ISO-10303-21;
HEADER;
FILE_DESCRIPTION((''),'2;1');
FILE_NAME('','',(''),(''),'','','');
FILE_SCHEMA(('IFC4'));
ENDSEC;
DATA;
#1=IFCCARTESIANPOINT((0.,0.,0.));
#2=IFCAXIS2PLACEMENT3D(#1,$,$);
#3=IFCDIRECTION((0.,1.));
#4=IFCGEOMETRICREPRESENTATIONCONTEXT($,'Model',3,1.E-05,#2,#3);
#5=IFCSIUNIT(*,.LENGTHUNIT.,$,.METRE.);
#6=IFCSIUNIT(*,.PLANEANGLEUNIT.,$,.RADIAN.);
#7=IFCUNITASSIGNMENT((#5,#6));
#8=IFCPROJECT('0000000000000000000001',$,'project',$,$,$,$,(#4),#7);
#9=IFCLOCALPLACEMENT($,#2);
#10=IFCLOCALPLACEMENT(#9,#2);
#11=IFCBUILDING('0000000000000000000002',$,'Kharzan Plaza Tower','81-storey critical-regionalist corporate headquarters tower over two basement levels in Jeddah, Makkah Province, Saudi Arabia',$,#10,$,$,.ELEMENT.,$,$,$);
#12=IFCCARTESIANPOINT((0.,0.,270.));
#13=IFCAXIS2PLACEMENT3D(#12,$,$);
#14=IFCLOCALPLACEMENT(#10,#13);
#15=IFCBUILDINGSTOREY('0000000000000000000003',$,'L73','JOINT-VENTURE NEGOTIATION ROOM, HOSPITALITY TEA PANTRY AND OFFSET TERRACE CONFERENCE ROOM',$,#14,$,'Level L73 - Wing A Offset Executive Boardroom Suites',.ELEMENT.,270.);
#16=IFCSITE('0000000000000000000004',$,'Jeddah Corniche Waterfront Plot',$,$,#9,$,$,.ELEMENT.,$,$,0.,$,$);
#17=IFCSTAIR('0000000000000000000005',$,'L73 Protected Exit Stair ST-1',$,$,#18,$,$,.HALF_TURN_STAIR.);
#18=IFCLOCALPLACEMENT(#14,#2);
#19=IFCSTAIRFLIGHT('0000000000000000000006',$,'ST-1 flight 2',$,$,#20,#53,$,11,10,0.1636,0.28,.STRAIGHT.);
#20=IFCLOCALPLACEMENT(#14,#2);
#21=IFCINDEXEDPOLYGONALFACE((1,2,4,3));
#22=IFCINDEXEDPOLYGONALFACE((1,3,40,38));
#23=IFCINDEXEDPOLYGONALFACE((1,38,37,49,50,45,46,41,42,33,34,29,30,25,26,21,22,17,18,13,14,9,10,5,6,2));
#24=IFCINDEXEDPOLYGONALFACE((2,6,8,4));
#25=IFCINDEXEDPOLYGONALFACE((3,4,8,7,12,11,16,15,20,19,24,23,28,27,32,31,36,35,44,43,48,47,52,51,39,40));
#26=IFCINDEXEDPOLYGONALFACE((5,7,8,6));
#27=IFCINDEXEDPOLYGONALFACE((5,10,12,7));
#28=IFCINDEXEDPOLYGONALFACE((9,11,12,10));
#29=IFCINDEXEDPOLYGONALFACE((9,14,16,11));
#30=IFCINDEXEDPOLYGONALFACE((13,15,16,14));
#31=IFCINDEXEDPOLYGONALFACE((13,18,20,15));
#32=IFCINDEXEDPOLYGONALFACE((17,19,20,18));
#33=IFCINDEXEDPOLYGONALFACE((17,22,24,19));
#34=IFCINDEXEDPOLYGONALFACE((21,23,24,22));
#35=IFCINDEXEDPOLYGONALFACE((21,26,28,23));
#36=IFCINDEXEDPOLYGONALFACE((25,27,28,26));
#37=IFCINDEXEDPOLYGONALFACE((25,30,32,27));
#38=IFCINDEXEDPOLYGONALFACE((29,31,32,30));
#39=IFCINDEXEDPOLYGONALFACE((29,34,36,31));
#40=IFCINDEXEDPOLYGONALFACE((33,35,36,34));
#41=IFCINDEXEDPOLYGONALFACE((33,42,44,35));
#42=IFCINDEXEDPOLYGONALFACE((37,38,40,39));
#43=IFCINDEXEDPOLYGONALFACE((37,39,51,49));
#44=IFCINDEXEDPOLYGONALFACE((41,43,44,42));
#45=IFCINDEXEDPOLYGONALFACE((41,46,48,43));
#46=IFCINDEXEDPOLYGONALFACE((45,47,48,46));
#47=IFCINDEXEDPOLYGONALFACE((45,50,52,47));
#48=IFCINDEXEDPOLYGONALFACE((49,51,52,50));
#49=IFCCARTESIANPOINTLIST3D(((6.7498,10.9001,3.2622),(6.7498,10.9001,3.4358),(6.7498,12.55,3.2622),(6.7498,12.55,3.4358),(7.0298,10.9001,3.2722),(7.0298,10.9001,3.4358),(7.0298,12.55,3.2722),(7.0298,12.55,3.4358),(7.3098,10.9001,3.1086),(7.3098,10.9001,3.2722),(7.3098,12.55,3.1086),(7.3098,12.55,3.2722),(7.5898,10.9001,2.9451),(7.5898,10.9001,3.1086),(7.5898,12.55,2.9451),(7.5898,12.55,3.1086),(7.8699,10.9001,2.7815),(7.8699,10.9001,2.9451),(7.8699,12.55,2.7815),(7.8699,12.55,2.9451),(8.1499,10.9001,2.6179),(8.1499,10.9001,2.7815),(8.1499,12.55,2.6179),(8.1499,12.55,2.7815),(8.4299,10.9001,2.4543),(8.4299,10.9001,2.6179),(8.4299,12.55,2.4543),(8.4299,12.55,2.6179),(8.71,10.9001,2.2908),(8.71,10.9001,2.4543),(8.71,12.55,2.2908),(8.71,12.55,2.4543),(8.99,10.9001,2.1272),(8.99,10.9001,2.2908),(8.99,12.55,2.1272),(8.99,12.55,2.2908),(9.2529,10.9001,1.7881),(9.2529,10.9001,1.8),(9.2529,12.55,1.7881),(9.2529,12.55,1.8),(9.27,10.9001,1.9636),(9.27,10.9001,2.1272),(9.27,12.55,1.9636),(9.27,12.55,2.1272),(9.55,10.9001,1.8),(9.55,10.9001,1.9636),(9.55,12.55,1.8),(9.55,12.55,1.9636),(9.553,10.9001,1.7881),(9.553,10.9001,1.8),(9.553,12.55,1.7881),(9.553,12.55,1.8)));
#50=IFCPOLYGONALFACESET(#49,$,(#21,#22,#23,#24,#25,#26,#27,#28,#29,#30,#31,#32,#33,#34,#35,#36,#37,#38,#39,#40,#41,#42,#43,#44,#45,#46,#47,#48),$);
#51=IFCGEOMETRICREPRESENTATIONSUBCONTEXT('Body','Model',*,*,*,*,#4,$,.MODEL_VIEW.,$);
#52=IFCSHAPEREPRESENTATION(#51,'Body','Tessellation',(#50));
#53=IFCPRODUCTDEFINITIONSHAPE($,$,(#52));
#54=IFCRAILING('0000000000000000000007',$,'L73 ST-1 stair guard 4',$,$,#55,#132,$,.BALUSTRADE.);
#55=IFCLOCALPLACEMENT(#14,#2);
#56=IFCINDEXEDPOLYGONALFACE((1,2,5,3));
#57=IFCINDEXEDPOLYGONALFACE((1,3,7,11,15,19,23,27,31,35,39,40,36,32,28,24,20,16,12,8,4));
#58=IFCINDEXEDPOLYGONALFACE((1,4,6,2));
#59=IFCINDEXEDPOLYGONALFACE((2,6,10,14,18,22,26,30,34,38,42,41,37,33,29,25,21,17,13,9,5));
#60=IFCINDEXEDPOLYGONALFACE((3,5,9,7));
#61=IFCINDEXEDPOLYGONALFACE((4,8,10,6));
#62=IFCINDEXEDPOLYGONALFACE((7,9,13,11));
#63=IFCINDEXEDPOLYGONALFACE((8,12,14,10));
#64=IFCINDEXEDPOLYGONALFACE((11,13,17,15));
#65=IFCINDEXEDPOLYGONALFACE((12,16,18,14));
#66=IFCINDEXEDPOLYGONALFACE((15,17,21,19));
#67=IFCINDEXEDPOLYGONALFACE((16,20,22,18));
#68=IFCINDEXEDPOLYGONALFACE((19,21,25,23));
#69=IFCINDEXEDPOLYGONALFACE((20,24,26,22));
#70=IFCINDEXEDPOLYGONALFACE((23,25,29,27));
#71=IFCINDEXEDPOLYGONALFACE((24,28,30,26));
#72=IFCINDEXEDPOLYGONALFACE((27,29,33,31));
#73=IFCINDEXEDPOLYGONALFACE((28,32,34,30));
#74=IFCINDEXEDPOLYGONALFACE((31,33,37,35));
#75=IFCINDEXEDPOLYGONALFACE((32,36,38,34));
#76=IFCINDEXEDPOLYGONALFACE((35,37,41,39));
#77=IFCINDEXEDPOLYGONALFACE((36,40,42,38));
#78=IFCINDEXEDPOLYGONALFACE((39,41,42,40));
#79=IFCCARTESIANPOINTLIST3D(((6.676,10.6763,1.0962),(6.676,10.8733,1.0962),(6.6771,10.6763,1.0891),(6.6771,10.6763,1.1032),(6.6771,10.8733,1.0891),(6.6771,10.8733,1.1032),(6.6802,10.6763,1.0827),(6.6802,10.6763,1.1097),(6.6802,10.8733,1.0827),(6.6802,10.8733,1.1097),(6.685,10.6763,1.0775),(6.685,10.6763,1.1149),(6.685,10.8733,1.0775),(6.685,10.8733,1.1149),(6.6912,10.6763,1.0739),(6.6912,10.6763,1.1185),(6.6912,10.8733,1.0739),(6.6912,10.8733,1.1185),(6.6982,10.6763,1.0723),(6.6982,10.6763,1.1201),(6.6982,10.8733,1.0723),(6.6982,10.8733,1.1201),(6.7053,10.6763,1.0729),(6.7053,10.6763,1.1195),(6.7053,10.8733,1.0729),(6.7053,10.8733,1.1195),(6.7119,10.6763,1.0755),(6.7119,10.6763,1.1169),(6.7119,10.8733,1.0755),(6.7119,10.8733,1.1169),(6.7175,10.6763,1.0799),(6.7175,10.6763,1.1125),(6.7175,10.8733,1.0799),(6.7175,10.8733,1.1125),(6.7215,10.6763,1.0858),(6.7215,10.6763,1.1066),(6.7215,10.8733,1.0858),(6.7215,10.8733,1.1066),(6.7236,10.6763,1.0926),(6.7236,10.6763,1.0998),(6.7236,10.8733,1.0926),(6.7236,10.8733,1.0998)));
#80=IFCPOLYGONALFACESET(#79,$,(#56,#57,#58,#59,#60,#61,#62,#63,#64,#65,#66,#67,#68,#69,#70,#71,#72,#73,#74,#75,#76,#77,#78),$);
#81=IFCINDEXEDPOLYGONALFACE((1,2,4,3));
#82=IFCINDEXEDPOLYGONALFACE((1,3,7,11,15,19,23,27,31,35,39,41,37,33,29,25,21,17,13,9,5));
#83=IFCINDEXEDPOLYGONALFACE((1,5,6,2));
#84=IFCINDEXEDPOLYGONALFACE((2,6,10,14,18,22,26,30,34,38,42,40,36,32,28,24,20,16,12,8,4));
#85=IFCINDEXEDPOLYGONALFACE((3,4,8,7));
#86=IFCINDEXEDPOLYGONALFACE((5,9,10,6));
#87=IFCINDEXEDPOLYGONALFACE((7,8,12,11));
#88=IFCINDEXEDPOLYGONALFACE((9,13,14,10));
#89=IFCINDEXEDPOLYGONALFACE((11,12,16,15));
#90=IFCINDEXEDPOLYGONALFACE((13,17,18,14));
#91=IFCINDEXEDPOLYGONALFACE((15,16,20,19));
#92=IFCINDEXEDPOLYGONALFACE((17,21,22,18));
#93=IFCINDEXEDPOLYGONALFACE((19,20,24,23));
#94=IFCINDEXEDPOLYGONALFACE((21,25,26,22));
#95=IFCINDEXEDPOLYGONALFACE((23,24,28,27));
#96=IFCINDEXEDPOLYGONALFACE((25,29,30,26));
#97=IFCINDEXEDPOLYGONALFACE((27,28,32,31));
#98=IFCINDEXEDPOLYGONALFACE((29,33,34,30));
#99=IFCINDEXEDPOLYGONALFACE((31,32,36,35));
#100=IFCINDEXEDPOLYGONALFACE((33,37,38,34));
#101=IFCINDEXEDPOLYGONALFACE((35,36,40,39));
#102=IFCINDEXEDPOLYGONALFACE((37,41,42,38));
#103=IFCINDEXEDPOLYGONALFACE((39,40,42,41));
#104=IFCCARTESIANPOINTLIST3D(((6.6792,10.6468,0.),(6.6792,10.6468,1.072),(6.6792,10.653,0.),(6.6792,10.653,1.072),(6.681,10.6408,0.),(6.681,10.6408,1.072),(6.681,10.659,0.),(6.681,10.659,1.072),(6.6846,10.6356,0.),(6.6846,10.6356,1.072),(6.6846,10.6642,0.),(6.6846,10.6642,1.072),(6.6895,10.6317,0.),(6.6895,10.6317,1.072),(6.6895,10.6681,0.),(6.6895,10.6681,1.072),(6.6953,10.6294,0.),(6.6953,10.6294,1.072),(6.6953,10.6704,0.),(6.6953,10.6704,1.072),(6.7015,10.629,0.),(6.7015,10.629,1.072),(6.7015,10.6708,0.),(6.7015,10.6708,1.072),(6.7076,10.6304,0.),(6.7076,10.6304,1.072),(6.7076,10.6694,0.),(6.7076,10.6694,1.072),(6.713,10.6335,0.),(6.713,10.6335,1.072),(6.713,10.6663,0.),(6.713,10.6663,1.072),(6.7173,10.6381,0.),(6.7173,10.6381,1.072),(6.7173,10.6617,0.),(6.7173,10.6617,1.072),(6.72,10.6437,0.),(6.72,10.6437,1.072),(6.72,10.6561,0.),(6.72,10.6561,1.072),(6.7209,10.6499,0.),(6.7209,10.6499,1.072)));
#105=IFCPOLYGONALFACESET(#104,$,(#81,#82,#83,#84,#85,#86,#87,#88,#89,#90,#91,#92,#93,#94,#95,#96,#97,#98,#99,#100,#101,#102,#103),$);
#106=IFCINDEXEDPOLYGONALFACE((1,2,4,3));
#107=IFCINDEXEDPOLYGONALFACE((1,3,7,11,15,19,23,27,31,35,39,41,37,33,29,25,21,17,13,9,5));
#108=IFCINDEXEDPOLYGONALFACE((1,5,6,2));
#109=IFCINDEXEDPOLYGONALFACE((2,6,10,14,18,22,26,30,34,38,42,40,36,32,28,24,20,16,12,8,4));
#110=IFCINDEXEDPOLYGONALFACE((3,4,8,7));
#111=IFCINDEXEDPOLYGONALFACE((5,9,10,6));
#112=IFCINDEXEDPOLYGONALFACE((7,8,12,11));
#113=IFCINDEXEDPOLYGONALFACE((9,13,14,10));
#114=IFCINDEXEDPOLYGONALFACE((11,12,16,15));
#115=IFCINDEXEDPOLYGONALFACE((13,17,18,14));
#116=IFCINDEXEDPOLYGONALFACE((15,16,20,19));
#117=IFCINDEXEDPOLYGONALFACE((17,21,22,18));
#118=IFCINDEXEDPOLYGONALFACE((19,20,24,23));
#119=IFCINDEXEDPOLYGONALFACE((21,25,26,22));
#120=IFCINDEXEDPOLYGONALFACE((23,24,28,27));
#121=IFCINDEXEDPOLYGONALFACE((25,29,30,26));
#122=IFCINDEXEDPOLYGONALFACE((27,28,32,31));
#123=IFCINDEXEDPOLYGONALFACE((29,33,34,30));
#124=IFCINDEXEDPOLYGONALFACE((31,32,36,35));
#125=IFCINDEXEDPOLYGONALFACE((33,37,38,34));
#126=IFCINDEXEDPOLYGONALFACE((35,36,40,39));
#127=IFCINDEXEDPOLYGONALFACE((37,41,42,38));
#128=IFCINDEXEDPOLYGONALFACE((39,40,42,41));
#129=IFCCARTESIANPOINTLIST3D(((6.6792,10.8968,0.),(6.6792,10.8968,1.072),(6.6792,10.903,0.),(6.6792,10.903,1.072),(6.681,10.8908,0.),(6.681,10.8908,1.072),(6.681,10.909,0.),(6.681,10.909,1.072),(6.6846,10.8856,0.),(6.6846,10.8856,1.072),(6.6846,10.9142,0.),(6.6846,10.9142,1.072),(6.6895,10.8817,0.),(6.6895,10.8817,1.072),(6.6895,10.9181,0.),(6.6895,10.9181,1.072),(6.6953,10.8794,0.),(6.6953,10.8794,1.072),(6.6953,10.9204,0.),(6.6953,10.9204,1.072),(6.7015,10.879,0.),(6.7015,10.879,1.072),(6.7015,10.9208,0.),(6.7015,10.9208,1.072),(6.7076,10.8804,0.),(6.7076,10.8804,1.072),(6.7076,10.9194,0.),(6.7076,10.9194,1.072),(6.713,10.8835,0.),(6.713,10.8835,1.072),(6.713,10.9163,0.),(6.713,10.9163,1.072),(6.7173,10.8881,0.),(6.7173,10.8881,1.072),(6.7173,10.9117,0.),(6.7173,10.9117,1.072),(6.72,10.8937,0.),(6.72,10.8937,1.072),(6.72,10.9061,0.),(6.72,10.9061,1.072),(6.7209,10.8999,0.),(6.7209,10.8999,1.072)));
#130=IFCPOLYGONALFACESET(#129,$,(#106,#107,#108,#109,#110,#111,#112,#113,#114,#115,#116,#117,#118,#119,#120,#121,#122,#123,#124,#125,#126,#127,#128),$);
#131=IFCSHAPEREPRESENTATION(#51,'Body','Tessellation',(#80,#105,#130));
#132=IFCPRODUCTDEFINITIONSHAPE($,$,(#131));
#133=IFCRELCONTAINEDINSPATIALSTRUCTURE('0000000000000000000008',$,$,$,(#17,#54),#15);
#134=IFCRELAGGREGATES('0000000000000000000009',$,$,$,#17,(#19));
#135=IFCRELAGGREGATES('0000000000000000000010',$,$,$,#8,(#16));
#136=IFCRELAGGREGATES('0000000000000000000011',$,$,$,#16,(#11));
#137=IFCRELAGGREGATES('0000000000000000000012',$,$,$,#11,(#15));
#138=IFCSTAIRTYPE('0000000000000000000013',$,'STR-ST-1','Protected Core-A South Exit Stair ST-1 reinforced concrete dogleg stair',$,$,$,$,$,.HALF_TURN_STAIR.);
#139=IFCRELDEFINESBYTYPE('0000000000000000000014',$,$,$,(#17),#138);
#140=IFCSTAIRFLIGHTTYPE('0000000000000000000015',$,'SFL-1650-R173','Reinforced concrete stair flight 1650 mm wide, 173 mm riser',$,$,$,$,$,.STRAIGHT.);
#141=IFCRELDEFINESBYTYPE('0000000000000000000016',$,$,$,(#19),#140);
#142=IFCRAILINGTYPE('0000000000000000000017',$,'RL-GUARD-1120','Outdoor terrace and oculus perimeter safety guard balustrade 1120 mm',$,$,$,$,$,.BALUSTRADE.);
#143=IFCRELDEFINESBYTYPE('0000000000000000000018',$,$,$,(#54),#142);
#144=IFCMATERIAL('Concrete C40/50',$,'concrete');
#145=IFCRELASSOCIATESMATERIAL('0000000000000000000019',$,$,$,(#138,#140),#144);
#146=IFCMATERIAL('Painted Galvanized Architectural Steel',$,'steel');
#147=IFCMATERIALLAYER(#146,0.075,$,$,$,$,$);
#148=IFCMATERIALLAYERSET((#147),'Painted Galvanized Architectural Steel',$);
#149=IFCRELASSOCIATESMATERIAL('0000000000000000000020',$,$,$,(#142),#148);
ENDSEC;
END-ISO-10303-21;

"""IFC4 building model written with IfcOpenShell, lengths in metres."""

from ifc_helpers import new_model, si_unit, direction, frame, origin, origin_2d, place, context, subcontext, project, spatial, polyline, circle, outline, extrude, source, transform, mapped, material, layer, layer_set, type_object, element, aggregate, save


model = new_model("IFC4")

# Units and contexts
model_context = context("Model", 3, precision=1e-05, world=origin(), true_north=direction((0.0, 1.0)))
body_context = subcontext(model_context, "Body", "Model", "MODEL_VIEW")
ifc_project = project(units=[si_unit("LENGTHUNIT", "METRE"), si_unit("PLANEANGLEUNIT", "RADIAN")], contexts=[model_context])

# Site, building, storey
site_placement = place(None, origin())
site = spatial("IfcSite", under=ifc_project, at=site_placement, Name="Jeddah Corniche Waterfront Plot", CompositionType="ELEMENT", RefElevation=0.0)
building_placement = place(site_placement, origin())
building = spatial("IfcBuilding", under=site, at=building_placement, Name="Kharzan Plaza Tower", Description="81-storey critical-regionalist corporate headquarters tower over two basement levels in Jeddah, Makkah Province, Saudi Arabia", CompositionType="ELEMENT")
storey_placement = place(building_placement, frame((0.0, 0.0, 270.0)))
storey = spatial("IfcBuildingStorey", under=building, at=storey_placement, Name="L73", Description="JOINT-VENTURE NEGOTIATION ROOM, HOSPITALITY TEA PANTRY AND OFFSET TERRACE CONFERENCE ROOM", LongName="Level L73 - Wing A Offset Executive Boardroom Suites", CompositionType="ELEMENT", Elevation=270.0)

# Shared definitions
ifc_material_1 = material(Name="Concrete C40/50", Category="concrete")

# Stair, stair flight
stair_type = type_object("IfcStairType", Name="STR-ST-1", Description="Protected Core-A South Exit Stair ST-1 reinforced concrete dogleg stair", PredefinedType="HALF_TURN_STAIR", material=ifc_material_1)
stair_placement = place(storey_placement, origin())
stair = element("IfcStair", 1, at=stair_placement, inside=storey, type_object=stair_type, Name="L73 Protected Exit Stair ST-1", PredefinedType="HALF_TURN_STAIR")
stair_flight_type = type_object("IfcStairFlightType", Name="SFL-1650-R173", Description="Reinforced concrete stair flight 1650 mm wide, 173 mm riser", PredefinedType="STRAIGHT", material=ifc_material_1)
shared_shape_1 = source(origin(), body_context, "Body", "SweptSolid", [
    extrude(outline(polyline([(-0.0029, -0.012), (-0.0029, 0.0), (0.0, 0.0), (0.0, 0.1636), (0.28, 0.1636), (0.28, 0.3271), (0.5601, 0.3271), (0.5601, 0.4907), (0.8401, 0.4907), (0.8401, 0.6543), (1.1201, 0.6543), (1.1201, 0.8179), (1.4001, 0.8179), (1.4001, 0.9814), (1.6802, 0.9814), (1.6802, 1.145), (1.9602, 1.145), (1.9602, 1.3086), (2.2402, 1.3086), (2.2402, 1.4722), (2.5203, 1.4722), (2.5203, 1.6357), (2.8003, 1.6357), (2.8003, 1.7993), (2.8003, 1.4622), (0.2971, 0.0), (0.2971, -0.012), (-0.0029, -0.012)])), frame((0.0, 0.825, 0.0), z_axis=(0.0, -1.0, 0.0), x_axis=(1.0, 0.0, 0.0)), (0.0, 0.0, 1.0), 1.6499),
])
stair_flight_1_placement = place(storey_placement, frame((9.55, 11.7251, 1.8), z_axis=(0.0, 0.0, 1.0), x_axis=(-1.0, 0.0, 0.0)))
stair_flight_1 = element("IfcStairFlight", 2, at=stair_flight_1_placement, type_object=stair_flight_type, Name="ST-1 flight 2", NumberOfRisers=11, NumberOfTreads=10, PredefinedType="STRAIGHT", RiserHeight=0.1636, TreadLength=0.28, context=body_context, shape_type="MappedRepresentation", body=[
    mapped(shared_shape_1, transform((0.0, 0.0, 0.0), x_axis=(1.0, 0.0, 0.0), y_axis=(0.0, 1.0, 0.0), z_axis=(0.0, 0.0, 1.0))),
])
aggregate(stair, [stair_flight_1])

# Railing
ifc_material_2 = material(Name="Painted Galvanized Architectural Steel", Category="steel")
ifc_layer_1 = layer(ifc_material_2, 0.075)
ifc_layer_set_1 = layer_set([ifc_layer_1], Name="Painted Galvanized Architectural Steel")
railing_type_1 = type_object("IfcRailingType", Name="RL-GUARD-1120", Description="Outdoor terrace and oculus perimeter safety guard balustrade 1120 mm", PredefinedType="BALUSTRADE", material=ifc_layer_set_1)
shared_shape_2 = source(origin(), body_context, "Body", "SweptSolid", [
    extrude(circle(Radius=0.0239, at=origin_2d()), frame((0.0, 0.0264, 1.0962), z_axis=(0.0, 1.0, 0.0), x_axis=(-1.0, 0.0, 0.0)), (0.0, 0.0, 1.0), 0.197),
    extrude(circle(Radius=0.021, at=origin_2d()), origin(), (0.0, 0.0, 1.0), 1.072),
    extrude(circle(Radius=0.021, at=origin_2d()), frame((0.0, 0.25, 0.0)), (0.0, 0.0, 1.0), 1.072),
])
railing_1_placement = place(storey_placement, frame((6.7, 10.6499, 0.0)))
element("IfcRailing", 3, at=railing_1_placement, inside=storey, type_object=railing_type_1, Name="L73 ST-1 stair guard 4", PredefinedType="BALUSTRADE", context=body_context, shape_type="MappedRepresentation", body=[
    mapped(shared_shape_2, transform((0.0, 0.0, 0.0), x_axis=(1.0, 0.0, 0.0), y_axis=(0.0, 1.0, 0.0), z_axis=(0.0, 0.0, 1.0))),
])

save(model, "model.ifc")
